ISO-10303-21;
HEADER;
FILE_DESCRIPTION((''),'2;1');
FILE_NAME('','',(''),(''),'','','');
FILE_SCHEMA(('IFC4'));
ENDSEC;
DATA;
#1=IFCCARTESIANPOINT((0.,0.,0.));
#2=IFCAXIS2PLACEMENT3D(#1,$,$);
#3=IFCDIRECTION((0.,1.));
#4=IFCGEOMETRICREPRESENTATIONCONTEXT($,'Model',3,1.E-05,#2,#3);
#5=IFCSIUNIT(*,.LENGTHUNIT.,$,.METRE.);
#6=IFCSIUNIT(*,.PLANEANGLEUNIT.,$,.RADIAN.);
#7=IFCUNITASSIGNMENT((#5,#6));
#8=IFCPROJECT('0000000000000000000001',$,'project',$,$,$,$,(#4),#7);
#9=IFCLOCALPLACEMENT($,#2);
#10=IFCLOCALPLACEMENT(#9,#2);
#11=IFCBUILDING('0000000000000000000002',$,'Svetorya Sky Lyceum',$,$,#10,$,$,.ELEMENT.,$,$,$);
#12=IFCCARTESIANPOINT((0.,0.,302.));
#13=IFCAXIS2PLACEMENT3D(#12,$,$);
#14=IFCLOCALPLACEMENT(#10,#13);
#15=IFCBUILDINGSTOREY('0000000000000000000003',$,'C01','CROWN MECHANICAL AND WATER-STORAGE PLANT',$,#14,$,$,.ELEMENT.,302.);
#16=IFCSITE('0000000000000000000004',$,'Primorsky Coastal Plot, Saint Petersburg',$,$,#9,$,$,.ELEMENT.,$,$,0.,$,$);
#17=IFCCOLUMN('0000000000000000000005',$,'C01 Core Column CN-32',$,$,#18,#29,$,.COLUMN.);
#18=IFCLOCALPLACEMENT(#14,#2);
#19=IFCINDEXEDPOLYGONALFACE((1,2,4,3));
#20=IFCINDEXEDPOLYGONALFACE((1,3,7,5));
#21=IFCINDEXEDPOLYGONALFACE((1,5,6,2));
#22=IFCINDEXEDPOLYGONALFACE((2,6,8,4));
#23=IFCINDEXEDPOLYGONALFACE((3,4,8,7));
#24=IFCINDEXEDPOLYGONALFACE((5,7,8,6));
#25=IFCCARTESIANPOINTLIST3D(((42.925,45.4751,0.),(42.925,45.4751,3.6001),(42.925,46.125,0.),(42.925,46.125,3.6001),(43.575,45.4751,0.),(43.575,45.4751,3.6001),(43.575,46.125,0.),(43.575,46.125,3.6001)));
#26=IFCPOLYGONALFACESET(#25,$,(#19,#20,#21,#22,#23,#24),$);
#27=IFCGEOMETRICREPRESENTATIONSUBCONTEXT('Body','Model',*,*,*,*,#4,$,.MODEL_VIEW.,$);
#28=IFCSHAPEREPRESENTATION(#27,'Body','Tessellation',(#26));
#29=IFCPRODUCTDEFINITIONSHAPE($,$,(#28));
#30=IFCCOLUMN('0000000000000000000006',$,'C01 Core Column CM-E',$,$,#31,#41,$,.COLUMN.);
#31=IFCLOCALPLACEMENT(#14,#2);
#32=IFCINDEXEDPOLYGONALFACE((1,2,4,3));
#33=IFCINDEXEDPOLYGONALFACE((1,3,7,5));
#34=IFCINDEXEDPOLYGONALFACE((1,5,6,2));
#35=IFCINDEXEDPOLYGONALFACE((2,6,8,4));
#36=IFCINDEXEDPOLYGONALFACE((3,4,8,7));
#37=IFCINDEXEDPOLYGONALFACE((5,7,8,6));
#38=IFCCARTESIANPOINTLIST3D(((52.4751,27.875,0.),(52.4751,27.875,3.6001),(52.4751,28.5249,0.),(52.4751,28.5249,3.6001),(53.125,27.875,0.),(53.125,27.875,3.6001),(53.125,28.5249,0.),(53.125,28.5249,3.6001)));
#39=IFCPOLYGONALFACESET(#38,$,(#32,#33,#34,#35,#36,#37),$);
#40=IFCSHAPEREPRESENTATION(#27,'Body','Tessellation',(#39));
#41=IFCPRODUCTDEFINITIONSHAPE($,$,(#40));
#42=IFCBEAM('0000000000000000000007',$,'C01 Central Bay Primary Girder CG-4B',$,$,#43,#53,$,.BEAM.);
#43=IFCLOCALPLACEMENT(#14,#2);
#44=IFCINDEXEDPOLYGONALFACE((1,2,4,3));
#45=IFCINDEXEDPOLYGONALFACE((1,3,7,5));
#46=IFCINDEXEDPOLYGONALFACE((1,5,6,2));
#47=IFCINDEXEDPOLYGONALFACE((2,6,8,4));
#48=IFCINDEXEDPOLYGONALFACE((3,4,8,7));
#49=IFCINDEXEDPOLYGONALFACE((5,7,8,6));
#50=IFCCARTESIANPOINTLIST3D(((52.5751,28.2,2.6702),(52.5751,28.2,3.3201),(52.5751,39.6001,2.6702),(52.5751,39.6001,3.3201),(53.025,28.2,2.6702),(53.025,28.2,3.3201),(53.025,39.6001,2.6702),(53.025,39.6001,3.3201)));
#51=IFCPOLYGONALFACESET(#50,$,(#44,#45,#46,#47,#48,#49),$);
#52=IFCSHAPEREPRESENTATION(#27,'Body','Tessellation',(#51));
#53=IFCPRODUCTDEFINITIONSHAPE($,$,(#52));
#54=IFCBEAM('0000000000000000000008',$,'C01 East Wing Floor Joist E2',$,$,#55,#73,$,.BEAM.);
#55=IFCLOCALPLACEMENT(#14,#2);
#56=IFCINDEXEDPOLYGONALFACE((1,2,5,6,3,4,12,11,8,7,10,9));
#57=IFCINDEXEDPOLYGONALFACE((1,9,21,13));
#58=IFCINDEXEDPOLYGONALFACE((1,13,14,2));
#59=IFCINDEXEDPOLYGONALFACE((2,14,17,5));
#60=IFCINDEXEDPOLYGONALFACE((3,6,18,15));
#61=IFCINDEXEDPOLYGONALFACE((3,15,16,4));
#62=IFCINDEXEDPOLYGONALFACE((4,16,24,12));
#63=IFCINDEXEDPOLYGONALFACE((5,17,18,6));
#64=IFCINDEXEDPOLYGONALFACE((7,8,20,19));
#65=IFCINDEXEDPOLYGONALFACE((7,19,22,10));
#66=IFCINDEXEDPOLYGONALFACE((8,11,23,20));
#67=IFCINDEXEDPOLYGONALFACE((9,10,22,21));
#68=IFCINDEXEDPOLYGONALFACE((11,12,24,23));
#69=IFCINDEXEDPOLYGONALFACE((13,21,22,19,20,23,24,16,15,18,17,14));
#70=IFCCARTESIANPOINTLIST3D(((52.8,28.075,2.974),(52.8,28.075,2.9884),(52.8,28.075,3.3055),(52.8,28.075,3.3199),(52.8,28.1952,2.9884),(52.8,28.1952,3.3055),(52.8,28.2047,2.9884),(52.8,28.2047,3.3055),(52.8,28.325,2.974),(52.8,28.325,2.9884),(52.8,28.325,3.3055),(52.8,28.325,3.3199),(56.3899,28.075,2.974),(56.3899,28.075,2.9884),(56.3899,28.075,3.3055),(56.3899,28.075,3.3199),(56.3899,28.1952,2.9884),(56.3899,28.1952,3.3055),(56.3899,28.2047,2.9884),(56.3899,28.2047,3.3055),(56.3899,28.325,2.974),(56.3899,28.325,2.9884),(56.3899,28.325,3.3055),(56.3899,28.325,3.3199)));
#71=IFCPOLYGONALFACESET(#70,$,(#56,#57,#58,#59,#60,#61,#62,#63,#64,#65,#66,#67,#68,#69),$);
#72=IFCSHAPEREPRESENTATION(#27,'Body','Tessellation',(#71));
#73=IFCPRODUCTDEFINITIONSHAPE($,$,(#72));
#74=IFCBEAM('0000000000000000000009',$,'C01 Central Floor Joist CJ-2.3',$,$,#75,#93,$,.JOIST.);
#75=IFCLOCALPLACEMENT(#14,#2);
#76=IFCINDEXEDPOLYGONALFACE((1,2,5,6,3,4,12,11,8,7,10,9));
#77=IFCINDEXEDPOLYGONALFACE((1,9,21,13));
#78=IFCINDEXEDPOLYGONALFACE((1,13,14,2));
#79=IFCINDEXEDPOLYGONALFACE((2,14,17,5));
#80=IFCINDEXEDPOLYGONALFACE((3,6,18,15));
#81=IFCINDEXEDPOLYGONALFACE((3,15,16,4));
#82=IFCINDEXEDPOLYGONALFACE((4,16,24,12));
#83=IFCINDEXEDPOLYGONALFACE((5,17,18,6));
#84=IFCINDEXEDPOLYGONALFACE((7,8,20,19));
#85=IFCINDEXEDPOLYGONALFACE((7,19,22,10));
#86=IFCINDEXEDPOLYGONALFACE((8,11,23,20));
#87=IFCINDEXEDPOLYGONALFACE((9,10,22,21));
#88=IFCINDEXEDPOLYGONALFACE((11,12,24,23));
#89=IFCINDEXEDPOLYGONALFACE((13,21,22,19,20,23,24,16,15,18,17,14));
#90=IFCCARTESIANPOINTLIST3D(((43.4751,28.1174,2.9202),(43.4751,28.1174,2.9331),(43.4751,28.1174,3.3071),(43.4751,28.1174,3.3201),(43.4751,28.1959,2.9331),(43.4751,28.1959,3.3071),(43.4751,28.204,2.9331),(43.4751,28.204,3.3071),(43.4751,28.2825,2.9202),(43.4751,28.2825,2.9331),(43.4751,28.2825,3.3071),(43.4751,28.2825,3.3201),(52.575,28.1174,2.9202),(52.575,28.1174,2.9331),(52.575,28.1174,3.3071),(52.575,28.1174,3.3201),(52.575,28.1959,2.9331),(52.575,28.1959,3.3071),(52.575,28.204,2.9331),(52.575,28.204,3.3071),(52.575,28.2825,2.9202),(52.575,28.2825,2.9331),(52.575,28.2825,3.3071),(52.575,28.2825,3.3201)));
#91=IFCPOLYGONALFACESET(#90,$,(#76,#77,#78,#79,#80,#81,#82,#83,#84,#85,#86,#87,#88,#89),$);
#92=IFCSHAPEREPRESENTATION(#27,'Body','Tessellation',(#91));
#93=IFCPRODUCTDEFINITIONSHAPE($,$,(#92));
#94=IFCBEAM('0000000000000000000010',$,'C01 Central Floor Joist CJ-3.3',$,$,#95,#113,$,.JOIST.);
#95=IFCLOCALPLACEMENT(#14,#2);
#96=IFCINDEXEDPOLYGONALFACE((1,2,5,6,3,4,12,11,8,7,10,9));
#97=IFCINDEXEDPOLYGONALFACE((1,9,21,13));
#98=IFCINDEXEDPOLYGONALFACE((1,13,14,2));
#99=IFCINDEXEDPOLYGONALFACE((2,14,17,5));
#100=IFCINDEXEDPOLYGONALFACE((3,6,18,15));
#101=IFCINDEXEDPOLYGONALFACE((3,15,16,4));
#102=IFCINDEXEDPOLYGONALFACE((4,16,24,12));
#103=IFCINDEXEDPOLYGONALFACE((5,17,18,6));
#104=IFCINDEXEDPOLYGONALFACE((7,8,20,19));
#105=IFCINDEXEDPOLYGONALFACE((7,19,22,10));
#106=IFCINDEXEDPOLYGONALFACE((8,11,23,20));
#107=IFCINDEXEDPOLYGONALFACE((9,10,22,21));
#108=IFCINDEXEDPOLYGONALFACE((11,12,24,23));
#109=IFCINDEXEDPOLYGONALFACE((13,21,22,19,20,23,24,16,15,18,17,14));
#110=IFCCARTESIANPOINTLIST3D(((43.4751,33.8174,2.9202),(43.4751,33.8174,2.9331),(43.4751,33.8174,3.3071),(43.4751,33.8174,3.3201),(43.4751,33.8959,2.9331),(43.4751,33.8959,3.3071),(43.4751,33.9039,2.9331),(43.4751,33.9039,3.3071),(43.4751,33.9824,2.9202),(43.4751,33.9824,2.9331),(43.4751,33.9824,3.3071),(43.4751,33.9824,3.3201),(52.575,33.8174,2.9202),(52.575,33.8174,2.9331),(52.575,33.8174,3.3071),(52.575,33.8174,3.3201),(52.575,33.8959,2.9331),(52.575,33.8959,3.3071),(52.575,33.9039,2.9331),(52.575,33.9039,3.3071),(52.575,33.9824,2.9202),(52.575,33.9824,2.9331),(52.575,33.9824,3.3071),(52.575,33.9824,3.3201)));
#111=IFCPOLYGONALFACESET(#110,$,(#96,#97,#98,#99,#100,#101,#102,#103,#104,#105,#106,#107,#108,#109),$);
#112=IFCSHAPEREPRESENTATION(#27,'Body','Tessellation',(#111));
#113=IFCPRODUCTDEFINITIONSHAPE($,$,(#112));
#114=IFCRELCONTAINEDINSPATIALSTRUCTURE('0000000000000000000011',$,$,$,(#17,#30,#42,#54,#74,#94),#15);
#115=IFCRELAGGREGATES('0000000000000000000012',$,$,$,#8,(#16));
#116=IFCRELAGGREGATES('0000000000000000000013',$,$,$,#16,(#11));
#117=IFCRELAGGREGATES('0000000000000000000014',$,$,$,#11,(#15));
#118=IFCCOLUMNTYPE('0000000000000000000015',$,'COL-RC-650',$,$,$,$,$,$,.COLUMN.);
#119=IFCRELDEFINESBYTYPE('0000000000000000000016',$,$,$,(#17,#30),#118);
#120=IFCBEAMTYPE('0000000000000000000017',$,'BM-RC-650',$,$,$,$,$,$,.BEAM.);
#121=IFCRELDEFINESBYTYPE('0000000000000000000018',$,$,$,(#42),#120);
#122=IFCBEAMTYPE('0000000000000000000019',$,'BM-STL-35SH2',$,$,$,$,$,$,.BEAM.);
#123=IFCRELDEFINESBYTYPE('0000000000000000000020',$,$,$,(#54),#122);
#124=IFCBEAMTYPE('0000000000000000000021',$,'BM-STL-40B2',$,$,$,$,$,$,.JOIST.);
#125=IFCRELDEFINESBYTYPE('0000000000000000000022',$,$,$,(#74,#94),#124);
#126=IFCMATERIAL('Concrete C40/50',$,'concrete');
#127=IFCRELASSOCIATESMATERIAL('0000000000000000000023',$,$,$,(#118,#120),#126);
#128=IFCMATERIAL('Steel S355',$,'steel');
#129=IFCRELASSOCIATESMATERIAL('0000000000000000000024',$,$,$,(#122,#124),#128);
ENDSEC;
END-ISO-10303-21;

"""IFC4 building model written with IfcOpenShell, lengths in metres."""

from ifc_helpers import new_model, si_unit, direction, frame, origin, origin_2d, place, context, subcontext, project, spatial, rectangle, i_section, extrude, material, material_profile, profile_set, type_object, element, save


model = new_model("IFC4")

# Units and contexts
model_context = context("Model", 3, precision=1e-05, world=origin(), true_north=direction((0.0, 1.0)))
body_context = subcontext(model_context, "Body", "Model", "MODEL_VIEW")
ifc_project = project(units=[si_unit("LENGTHUNIT", "METRE"), si_unit("PLANEANGLEUNIT", "RADIAN")], contexts=[model_context])

# Site, building, storey
site_placement = place(None, origin())
site = spatial("IfcSite", under=ifc_project, at=site_placement, Name="Primorsky Coastal Plot, Saint Petersburg", CompositionType="ELEMENT", RefElevation=0.0)
building_placement = place(site_placement, origin())
building = spatial("IfcBuilding", under=site, at=building_placement, Name="Svetorya Sky Lyceum", CompositionType="ELEMENT")
storey_placement = place(building_placement, frame((0.0, 0.0, 302.0)))
storey = spatial("IfcBuildingStorey", under=building, at=storey_placement, Name="C01", Description="CROWN MECHANICAL AND WATER-STORAGE PLANT", CompositionType="ELEMENT", Elevation=302.0)

# Columns
ifc_material_1 = material(Name="Concrete C40/50", Category="concrete")
ifc_material_profile_1 = material_profile(ifc_material_1, rectangle(XDim=0.6499, YDim=0.6499, at=origin_2d()), Name="RC COL 650x650")
ifc_profile_set_1 = profile_set([ifc_material_profile_1], Name="Concrete C40/50")
column_type = type_object("IfcColumnType", Name="COL-RC-650", PredefinedType="COLUMN", material=ifc_profile_set_1)
for number, where, z_axis, x_axis, name in (
    (1, (43.25, 45.8, 0.0), (0.0, 0.0, 1.0), (1.0, 0.0, 0.0), "C01 Core Column CN-32"),
    (2, (52.8, 28.2, 0.0), (0.0, 0.0, 1.0), (1.0, 0.0, 0.0), "C01 Core Column CM-E"),
):
    element("IfcColumn", number, at=place(storey_placement, frame(where, z_axis=z_axis, x_axis=x_axis)), inside=storey, type_object=column_type, Name=name, PredefinedType="COLUMN", context=body_context, shape_type="SweptSolid", body=[
        extrude(rectangle(XDim=0.6499, YDim=0.6499, at=origin_2d()), origin(), (0.0, 0.0, 1.0), 3.6001),
    ])

# Beams
ifc_material_profile_2 = material_profile(ifc_material_1, rectangle(XDim=0.45, YDim=0.6499, at=origin_2d()), Name="RC BEAM 450x650")
ifc_profile_set_2 = profile_set([ifc_material_profile_2], Name="Concrete C40/50")
beam_type_1 = type_object("IfcBeamType", Name="BM-RC-650", PredefinedType="BEAM", material=ifc_profile_set_2)
beam_1_placement = place(storey_placement, frame((52.8, 28.2, 2.9951), z_axis=(0.0, 1.0, 0.0), x_axis=(-1.0, 0.0, 0.0)))
element("IfcBeam", 3, at=beam_1_placement, inside=storey, type_object=beam_type_1, Name="C01 Central Bay Primary Girder CG-4B", PredefinedType="BEAM", context=body_context, shape_type="SweptSolid", body=[
    extrude(rectangle(XDim=0.45, YDim=0.6499, at=origin_2d()), origin(), (0.0, 0.0, 1.0), 11.4001),
])
ifc_material_2 = material(Name="Steel S355", Category="steel")
ifc_material_profile_3 = material_profile(ifc_material_2, i_section(OverallWidth=0.25, OverallDepth=0.3459, WebThickness=0.0095, FlangeThickness=0.0144, at=origin_2d()), Name="GOST 35Sh2")
ifc_profile_set_3 = profile_set([ifc_material_profile_3], Name="Steel S355")
beam_type_2 = type_object("IfcBeamType", Name="BM-STL-35SH2", PredefinedType="BEAM", material=ifc_profile_set_3)
beam_2_placement = place(storey_placement, frame((52.8, 28.2, 3.147), z_axis=(1.0, 0.0, 0.0), x_axis=(0.0, 1.0, 0.0)))
element("IfcBeam", 4, at=beam_2_placement, inside=storey, type_object=beam_type_2, Name="C01 East Wing Floor Joist E2", PredefinedType="BEAM", context=body_context, shape_type="SweptSolid", body=[
    extrude(i_section(OverallWidth=0.25, OverallDepth=0.3459, WebThickness=0.0095, FlangeThickness=0.0144, at=origin_2d()), origin(), (0.0, 0.0, 1.0), 3.5898),
])
ifc_material_profile_4 = material_profile(ifc_material_2, i_section(OverallWidth=0.165, OverallDepth=0.3999, WebThickness=0.0081, FlangeThickness=0.0129, at=origin_2d()), Name="GOST 40B2")
ifc_profile_set_4 = profile_set([ifc_material_profile_4], Name="Steel S355")
beam_type_3 = type_object("IfcBeamType", Name="BM-STL-40B2", PredefinedType="JOIST", material=ifc_profile_set_4)
for number, where, z_axis, x_axis, name in (
    (5, (43.4751, 28.2, 3.1201), (1.0, 0.0, 0.0), (0.0, 1.0, 0.0), "C01 Central Floor Joist CJ-2.3"),
    (6, (43.4751, 33.8999, 3.1201), (1.0, 0.0, 0.0), (0.0, 1.0, 0.0), "C01 Central Floor Joist CJ-3.3"),
):
    element("IfcBeam", number, at=place(storey_placement, frame(where, z_axis=z_axis, x_axis=x_axis)), inside=storey, type_object=beam_type_3, Name=name, PredefinedType="JOIST", context=body_context, shape_type="SweptSolid", body=[
        extrude(i_section(OverallWidth=0.165, OverallDepth=0.3999, WebThickness=0.0081, FlangeThickness=0.0129, at=origin_2d()), origin(), (0.0, 0.0, 1.0), 9.0999),
    ])

save(model, "model.ifc")
